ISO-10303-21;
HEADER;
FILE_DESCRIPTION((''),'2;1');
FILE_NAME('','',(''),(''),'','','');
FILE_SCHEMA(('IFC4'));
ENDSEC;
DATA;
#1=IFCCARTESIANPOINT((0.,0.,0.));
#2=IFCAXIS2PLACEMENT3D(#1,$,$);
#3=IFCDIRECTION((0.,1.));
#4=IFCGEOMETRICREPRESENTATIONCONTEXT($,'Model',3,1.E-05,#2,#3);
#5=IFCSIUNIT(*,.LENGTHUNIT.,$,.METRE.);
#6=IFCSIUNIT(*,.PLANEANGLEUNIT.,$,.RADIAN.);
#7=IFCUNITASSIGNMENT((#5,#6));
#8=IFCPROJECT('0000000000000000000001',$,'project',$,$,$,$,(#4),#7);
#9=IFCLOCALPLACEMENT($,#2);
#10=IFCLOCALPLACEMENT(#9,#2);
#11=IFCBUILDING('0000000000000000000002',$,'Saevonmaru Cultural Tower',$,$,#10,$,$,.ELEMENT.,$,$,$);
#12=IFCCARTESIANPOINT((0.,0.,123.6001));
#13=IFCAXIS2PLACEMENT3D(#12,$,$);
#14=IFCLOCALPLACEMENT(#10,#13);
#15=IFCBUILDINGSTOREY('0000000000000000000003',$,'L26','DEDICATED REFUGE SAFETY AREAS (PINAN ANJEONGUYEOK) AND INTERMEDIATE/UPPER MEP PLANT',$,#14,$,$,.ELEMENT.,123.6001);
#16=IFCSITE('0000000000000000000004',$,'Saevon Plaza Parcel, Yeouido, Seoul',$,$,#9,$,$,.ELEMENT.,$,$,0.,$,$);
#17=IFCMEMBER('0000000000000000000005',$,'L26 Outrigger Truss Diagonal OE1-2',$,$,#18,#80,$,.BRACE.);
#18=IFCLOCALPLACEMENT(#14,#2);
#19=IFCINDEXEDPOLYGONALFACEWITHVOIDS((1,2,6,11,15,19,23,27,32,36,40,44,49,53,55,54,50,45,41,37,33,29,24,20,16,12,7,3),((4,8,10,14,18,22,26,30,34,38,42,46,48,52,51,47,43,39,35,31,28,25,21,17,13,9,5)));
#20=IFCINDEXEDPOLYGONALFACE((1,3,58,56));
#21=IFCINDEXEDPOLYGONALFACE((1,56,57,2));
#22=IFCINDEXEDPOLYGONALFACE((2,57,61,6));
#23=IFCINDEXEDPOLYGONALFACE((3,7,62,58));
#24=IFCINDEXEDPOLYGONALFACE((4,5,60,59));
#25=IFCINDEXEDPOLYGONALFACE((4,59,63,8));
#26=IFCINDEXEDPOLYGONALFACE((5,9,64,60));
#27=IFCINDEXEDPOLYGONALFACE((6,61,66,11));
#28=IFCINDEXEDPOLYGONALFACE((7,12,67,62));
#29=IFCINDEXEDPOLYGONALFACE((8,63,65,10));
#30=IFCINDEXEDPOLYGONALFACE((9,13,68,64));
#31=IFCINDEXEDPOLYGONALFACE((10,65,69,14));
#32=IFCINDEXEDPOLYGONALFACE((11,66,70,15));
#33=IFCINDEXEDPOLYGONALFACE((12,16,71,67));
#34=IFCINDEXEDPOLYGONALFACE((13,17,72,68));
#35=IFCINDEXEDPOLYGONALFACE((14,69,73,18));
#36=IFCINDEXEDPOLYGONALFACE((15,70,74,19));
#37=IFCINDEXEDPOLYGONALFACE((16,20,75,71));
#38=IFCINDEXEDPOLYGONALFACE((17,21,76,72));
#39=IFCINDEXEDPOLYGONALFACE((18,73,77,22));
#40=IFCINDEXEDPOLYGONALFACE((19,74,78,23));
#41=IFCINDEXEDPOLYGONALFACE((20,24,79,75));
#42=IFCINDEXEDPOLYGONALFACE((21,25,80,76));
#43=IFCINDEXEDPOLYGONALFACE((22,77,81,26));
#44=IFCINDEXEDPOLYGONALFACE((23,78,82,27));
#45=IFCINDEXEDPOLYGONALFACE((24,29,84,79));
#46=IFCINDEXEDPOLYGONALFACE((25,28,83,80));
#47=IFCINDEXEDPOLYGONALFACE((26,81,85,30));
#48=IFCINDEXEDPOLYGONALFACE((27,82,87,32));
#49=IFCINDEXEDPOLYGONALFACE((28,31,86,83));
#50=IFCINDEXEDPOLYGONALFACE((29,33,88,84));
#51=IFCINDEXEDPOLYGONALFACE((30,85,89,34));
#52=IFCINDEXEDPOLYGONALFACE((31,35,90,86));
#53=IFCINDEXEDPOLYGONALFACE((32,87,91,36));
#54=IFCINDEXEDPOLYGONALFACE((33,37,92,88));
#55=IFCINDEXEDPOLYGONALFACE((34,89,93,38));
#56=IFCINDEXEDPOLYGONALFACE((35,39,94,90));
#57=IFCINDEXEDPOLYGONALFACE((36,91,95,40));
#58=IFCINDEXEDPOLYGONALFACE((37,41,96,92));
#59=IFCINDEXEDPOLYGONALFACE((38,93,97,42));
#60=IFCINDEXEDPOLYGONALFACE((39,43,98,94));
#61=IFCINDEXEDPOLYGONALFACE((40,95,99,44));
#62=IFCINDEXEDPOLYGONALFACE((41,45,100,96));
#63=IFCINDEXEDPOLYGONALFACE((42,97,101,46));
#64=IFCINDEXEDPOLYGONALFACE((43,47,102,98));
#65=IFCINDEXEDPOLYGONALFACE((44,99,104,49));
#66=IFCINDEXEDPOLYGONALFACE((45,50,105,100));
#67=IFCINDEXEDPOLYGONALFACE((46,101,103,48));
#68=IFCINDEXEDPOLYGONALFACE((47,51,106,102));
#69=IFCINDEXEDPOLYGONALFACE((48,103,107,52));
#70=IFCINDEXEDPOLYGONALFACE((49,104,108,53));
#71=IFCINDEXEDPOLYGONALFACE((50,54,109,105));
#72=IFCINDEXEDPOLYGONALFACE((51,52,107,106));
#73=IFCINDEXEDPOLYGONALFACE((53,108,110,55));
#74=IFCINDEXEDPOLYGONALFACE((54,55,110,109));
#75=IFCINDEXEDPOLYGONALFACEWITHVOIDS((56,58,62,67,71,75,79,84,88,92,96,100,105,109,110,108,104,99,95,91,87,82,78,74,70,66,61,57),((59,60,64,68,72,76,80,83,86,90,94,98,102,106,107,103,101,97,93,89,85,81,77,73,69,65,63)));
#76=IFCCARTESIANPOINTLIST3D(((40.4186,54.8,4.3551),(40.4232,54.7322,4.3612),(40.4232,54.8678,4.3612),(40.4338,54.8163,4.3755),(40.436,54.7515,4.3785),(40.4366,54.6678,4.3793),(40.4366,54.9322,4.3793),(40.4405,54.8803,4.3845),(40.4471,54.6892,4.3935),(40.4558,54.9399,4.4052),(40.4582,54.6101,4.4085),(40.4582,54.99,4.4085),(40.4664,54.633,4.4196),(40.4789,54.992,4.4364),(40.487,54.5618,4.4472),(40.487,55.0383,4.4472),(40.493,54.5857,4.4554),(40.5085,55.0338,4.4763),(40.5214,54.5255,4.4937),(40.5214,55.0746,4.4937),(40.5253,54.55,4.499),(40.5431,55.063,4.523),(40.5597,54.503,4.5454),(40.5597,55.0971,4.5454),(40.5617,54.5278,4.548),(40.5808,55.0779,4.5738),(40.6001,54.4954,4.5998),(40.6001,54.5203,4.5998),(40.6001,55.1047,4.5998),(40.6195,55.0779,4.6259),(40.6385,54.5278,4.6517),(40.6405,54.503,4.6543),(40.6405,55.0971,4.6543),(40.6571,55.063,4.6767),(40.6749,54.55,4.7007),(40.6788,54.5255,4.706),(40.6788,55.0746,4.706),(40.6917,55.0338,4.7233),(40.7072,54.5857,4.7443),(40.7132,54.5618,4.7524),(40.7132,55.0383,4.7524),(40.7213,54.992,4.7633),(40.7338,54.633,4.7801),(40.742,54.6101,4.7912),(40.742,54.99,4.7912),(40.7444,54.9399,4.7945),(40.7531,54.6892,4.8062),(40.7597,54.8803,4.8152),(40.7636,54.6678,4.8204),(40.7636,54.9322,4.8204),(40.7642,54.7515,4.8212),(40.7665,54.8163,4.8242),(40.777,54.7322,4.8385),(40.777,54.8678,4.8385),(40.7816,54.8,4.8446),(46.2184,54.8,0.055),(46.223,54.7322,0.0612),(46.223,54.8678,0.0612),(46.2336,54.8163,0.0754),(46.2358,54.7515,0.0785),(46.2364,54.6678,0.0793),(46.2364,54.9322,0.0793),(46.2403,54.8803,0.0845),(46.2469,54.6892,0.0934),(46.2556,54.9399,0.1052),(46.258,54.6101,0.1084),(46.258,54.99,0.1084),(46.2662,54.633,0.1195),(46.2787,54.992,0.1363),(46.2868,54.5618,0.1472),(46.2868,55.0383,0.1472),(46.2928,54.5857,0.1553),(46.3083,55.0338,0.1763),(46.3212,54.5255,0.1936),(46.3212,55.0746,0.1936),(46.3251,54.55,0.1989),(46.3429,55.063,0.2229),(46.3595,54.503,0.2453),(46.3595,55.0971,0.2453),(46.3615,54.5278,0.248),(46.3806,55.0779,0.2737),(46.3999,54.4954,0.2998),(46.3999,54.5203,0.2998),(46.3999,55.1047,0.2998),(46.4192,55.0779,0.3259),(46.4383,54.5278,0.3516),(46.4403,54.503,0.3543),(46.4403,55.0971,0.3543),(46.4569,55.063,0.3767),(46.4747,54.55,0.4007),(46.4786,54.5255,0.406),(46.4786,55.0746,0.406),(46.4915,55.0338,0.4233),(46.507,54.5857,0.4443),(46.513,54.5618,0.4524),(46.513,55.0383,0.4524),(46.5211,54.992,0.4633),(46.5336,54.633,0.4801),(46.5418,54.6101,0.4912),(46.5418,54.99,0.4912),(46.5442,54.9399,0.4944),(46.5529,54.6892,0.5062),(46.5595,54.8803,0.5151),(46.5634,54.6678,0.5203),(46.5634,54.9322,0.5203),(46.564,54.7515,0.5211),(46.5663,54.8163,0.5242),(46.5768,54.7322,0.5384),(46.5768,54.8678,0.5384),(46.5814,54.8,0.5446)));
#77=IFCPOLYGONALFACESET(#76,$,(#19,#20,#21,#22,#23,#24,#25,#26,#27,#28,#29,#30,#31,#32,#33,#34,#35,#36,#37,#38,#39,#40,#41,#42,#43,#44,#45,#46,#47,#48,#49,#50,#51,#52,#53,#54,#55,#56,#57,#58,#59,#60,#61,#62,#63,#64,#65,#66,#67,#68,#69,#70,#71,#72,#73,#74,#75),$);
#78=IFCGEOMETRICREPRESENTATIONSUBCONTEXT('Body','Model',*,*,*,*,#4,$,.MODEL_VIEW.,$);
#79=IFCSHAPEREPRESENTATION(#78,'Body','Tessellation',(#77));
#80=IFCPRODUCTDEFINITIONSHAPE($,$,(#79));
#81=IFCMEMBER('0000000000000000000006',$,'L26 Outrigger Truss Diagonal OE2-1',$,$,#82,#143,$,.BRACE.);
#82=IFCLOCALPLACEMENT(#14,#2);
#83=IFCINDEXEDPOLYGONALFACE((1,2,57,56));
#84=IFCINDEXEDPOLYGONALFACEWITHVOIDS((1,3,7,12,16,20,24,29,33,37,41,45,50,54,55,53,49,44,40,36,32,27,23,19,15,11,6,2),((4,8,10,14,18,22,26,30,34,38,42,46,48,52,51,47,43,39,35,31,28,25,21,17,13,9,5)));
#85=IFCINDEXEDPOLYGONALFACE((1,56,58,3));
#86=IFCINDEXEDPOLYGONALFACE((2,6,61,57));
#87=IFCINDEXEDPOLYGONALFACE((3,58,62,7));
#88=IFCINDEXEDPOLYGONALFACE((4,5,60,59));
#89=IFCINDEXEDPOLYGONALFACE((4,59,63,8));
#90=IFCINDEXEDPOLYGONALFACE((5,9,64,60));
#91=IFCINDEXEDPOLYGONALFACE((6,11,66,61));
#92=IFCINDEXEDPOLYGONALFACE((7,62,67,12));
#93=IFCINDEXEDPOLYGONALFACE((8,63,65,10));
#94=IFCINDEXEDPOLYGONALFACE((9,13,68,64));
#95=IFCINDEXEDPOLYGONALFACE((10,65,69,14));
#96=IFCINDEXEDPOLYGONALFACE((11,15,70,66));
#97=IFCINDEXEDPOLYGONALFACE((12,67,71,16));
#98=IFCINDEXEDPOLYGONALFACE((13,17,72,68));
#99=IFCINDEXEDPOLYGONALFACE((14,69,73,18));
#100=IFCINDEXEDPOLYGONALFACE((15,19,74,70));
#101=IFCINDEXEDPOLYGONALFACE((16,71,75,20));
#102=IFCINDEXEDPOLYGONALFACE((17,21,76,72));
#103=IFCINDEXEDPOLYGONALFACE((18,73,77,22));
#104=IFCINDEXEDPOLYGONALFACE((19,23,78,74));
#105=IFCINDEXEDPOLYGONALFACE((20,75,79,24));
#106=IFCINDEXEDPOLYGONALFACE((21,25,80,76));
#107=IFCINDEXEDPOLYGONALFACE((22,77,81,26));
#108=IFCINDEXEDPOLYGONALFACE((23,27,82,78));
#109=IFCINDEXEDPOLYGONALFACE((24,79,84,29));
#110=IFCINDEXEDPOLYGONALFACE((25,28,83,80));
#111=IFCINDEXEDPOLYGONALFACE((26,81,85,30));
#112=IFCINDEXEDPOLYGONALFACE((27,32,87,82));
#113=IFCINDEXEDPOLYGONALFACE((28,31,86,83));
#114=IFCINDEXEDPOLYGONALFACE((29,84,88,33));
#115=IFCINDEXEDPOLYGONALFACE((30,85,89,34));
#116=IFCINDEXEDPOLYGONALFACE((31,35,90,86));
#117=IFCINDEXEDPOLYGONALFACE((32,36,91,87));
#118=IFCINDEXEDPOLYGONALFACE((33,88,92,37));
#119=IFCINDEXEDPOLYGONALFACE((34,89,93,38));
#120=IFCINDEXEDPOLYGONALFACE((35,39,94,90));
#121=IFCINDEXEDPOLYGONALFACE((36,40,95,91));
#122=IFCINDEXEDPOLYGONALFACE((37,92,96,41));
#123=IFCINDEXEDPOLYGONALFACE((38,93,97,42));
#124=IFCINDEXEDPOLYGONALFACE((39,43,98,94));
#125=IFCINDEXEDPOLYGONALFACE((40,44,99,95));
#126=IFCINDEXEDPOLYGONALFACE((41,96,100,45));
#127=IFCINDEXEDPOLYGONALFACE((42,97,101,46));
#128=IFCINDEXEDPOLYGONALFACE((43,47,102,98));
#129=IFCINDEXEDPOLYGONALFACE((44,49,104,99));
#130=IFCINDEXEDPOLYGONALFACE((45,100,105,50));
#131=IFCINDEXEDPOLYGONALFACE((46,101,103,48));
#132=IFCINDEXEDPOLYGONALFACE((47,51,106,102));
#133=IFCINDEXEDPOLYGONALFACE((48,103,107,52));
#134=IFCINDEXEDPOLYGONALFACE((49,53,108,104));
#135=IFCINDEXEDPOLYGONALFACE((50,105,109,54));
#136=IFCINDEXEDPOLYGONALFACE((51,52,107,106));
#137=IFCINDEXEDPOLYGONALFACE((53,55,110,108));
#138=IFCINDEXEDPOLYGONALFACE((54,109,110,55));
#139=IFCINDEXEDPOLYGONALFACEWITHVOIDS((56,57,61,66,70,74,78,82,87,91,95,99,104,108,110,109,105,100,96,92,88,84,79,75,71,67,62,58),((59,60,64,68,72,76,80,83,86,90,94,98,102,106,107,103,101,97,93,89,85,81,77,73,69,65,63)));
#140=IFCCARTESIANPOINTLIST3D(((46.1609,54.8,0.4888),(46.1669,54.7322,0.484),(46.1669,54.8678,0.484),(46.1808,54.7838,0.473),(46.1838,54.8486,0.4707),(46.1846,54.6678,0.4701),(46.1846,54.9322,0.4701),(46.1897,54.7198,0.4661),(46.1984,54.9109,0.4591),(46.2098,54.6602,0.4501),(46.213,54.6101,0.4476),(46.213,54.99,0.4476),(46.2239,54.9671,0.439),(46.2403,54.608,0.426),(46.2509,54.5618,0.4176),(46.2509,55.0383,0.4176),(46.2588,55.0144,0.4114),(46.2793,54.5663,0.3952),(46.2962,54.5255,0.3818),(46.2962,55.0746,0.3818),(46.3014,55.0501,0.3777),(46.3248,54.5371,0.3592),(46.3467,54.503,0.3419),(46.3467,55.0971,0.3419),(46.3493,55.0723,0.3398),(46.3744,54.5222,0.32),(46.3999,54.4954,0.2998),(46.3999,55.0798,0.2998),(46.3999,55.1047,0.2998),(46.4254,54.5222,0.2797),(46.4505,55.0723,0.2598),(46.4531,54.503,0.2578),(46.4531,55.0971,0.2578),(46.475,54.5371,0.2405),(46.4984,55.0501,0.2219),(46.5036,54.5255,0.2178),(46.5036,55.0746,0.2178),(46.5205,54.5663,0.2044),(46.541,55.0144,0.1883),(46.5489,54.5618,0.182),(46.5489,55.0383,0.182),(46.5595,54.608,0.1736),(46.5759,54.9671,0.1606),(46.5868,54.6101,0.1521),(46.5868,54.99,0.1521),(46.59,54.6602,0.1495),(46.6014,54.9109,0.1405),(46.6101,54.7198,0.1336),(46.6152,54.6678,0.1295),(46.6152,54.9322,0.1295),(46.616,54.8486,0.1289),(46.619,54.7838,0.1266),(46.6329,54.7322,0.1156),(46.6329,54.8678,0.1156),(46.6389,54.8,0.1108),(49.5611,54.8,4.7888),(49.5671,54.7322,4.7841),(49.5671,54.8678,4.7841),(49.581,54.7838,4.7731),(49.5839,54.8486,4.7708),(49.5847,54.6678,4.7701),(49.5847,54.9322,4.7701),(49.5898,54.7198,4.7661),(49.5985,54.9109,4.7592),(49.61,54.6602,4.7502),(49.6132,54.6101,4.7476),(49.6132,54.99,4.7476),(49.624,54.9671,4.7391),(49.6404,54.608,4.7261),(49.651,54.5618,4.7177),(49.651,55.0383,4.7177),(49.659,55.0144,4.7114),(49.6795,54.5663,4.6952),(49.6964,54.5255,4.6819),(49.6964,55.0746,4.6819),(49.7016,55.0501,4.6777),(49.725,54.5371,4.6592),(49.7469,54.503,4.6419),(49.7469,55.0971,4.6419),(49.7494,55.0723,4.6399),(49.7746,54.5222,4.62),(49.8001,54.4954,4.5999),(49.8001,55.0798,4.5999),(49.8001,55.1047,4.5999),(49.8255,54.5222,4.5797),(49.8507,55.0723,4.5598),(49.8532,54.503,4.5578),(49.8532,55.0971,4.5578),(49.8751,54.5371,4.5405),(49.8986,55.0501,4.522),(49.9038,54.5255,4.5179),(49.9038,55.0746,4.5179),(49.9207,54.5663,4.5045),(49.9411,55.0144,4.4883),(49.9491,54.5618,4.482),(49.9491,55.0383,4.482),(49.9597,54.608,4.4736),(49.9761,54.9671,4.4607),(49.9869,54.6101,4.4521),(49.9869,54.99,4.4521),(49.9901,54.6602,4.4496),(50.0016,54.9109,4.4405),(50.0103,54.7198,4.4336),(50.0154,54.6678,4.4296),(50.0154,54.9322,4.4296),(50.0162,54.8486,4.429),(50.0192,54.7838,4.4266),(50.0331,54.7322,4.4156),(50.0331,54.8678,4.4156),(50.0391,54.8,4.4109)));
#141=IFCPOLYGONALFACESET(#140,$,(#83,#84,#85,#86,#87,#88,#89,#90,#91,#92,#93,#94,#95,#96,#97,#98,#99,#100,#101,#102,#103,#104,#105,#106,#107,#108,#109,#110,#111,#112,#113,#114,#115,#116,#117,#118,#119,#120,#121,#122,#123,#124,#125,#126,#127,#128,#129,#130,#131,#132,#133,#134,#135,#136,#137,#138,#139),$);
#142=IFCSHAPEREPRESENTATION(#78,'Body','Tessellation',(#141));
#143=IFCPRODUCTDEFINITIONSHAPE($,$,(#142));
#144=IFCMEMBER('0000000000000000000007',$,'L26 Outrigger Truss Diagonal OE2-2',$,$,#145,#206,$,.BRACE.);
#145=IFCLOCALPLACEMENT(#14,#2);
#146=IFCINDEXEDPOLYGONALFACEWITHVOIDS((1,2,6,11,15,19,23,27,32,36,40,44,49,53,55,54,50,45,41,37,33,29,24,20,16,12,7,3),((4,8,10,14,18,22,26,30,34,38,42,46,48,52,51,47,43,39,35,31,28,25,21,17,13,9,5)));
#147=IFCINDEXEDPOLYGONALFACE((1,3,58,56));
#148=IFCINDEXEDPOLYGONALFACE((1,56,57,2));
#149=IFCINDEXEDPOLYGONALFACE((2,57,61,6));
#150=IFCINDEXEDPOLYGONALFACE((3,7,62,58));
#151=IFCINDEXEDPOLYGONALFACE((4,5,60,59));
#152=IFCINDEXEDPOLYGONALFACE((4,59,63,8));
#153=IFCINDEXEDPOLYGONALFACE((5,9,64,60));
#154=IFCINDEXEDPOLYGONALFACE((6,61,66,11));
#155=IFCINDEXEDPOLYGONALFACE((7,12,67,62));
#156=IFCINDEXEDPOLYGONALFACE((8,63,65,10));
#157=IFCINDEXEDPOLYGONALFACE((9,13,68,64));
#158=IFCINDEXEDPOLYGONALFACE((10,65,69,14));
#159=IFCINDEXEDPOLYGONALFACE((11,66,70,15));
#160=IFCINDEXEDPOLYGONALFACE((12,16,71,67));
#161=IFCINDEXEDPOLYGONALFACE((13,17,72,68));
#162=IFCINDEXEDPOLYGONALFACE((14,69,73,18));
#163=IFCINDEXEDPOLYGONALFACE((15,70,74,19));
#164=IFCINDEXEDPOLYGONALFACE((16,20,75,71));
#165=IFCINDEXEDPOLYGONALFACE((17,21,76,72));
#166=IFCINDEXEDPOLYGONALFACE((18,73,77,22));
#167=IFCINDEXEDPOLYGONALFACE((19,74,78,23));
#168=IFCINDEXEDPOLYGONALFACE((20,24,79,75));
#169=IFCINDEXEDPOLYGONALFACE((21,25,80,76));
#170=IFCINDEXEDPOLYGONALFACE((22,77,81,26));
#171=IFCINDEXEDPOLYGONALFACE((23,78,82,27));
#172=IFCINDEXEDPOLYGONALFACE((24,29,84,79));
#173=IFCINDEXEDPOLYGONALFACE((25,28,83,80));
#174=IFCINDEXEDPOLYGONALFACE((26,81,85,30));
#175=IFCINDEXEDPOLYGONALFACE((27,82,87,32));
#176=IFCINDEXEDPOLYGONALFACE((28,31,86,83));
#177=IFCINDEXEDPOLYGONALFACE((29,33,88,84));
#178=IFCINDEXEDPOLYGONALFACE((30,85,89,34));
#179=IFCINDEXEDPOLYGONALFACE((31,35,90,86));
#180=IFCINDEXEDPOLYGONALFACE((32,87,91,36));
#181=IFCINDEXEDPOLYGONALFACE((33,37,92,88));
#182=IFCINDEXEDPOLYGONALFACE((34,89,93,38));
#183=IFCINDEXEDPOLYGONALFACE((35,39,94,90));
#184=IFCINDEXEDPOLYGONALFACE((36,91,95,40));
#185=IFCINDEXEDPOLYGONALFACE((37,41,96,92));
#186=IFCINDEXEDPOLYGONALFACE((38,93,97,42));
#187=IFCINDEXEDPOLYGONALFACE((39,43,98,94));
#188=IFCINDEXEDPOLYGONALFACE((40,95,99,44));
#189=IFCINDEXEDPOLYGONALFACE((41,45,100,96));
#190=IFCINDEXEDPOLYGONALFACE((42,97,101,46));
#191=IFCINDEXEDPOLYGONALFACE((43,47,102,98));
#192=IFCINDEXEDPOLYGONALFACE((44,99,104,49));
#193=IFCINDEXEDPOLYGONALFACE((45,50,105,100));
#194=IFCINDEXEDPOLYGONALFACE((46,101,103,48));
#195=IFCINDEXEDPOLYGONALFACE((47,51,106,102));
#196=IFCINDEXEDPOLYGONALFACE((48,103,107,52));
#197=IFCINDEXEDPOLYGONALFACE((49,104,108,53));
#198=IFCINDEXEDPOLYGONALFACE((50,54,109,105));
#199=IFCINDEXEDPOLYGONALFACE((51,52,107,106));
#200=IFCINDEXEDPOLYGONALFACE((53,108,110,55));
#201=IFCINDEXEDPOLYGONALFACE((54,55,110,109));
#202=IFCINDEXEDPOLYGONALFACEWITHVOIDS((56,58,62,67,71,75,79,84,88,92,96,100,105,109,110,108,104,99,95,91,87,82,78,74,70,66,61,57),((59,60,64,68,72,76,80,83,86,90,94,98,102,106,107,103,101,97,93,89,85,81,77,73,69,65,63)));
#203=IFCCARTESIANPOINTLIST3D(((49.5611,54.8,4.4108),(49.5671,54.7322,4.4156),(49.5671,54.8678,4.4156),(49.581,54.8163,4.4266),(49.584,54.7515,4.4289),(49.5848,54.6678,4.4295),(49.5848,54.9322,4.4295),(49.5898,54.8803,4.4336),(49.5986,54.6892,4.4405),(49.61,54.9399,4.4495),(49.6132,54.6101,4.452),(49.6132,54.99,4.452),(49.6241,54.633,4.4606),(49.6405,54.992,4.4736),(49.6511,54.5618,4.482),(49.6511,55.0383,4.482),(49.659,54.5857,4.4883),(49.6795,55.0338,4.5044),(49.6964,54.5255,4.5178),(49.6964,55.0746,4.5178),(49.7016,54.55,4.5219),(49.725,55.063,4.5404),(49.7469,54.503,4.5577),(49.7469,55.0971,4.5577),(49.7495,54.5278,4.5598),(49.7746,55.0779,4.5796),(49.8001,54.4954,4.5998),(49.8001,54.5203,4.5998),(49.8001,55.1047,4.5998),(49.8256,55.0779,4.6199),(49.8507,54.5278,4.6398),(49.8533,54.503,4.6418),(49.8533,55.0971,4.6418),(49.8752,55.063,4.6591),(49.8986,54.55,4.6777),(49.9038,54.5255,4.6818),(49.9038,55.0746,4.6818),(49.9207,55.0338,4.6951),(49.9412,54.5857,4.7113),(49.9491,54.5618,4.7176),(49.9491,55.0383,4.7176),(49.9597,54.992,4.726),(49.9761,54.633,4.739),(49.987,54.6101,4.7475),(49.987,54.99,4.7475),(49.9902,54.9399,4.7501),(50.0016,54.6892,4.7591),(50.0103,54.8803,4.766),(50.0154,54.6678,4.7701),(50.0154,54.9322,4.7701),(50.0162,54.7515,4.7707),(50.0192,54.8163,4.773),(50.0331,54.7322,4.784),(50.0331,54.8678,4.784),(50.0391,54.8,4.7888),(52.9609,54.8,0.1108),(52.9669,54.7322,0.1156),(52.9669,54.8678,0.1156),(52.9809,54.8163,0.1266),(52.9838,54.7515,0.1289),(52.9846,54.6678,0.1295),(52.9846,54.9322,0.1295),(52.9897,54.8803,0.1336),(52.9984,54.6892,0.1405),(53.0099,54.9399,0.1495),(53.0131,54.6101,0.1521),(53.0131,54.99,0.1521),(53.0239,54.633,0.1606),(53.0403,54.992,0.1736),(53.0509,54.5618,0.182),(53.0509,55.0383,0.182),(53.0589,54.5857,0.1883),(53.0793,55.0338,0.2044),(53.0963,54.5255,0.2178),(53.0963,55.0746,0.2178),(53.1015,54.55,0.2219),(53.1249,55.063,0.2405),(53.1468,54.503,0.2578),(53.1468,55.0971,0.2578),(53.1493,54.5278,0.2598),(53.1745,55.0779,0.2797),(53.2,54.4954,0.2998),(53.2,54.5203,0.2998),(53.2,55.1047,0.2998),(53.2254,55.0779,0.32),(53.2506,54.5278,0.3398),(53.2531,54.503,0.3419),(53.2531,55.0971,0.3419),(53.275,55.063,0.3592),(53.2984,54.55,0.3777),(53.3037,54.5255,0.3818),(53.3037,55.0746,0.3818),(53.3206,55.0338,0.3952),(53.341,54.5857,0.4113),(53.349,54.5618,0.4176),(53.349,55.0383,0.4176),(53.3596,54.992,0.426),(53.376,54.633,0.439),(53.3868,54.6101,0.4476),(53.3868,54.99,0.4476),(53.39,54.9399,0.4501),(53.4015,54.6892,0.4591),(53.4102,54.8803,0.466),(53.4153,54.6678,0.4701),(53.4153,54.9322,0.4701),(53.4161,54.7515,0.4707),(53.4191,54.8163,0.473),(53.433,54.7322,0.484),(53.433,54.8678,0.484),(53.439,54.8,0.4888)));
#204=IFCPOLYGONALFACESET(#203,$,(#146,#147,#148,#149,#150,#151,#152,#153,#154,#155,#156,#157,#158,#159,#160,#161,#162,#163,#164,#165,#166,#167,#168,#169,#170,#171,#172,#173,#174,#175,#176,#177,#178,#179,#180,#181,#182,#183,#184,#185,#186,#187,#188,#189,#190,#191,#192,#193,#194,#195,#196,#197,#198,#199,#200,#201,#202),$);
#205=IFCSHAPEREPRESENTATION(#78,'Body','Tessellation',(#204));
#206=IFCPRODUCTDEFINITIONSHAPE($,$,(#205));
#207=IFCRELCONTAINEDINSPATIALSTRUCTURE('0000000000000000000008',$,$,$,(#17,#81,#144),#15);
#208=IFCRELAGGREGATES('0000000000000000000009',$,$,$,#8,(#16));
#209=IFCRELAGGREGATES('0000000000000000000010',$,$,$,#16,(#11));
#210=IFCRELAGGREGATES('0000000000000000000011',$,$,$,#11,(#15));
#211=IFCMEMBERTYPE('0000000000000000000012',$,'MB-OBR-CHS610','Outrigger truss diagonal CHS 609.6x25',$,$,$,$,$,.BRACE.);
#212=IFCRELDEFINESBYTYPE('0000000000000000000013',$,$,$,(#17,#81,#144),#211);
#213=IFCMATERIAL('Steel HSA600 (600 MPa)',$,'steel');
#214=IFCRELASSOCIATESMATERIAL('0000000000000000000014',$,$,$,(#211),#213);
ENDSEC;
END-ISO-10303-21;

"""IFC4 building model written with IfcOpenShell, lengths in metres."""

from ifc_helpers import new_model, si_unit, direction, frame, origin, origin_2d, place, context, subcontext, project, spatial, hollow_circle, extrude, material, material_profile, profile_set, type_object, element, save


model = new_model("IFC4")

# Units and contexts
model_context = context("Model", 3, precision=1e-05, world=origin(), true_north=direction((0.0, 1.0)))
body_context = subcontext(model_context, "Body", "Model", "MODEL_VIEW")
ifc_project = project(units=[si_unit("LENGTHUNIT", "METRE"), si_unit("PLANEANGLEUNIT", "RADIAN")], contexts=[model_context])

# Site, building, storey
site_placement = place(None, origin())
site = spatial("IfcSite", under=ifc_project, at=site_placement, Name="Saevon Plaza Parcel, Yeouido, Seoul", CompositionType="ELEMENT", RefElevation=0.0)
building_placement = place(site_placement, origin())
building = spatial("IfcBuilding", under=site, at=building_placement, Name="Saevonmaru Cultural Tower", CompositionType="ELEMENT")
storey_placement = place(building_placement, frame((0.0, 0.0, 123.6001)))
storey = spatial("IfcBuildingStorey", under=building, at=storey_placement, Name="L26", Description="DEDICATED REFUGE SAFETY AREAS (PINAN ANJEONGUYEOK) AND INTERMEDIATE/UPPER MEP PLANT", CompositionType="ELEMENT", Elevation=123.6001)

# Members
ifc_material_1 = material(Name="Steel HSA600 (600 MPa)", Category="steel")
ifc_material_profile_1 = material_profile(ifc_material_1, hollow_circle(Radius=0.3047, WallThickness=0.0249, at=origin_2d()), Name="CHS-609.6x25")
ifc_profile_set_1 = profile_set([ifc_material_profile_1], Name="Steel HSA600 (600 MPa)")
member_type_1 = type_object("IfcMemberType", Name="MB-OBR-CHS610", Description="Outrigger truss diagonal CHS 609.6x25", PredefinedType="BRACE", material=ifc_profile_set_1)
member_1_placement = place(storey_placement, frame((46.3999, 54.8, 0.2998), z_axis=(-0.803299, 0.0, 0.595576), x_axis=(0.0, -1.0, 0.0)))
element("IfcMember", 1, at=member_1_placement, inside=storey, type_object=member_type_1, Name="L26 Outrigger Truss Diagonal OE1-2", PredefinedType="BRACE", context=body_context, shape_type="SweptSolid", body=[
    extrude(hollow_circle(Radius=0.3047, WallThickness=0.0249, at=origin_2d()), origin(), (0.0, 0.0, 1.0), 7.22),
])
member_2_placement = place(storey_placement, frame((46.3999, 54.8, 0.2998), z_axis=(0.620248, 0.0, 0.784406), x_axis=(0.0, 1.0, 0.0)))
element("IfcMember", 2, at=member_2_placement, inside=storey, type_object=member_type_1, Name="L26 Outrigger Truss Diagonal OE2-1", PredefinedType="BRACE", context=body_context, shape_type="SweptSolid", body=[
    extrude(hollow_circle(Radius=0.3047, WallThickness=0.0249, at=origin_2d()), origin(), (0.0, 0.0, 1.0), 5.4819),
])
member_3_placement = place(storey_placement, frame((53.2, 54.8, 0.2998), z_axis=(-0.62022, 0.0, 0.784428), x_axis=(0.0, -1.0, 0.0)))
element("IfcMember", 3, at=member_3_placement, inside=storey, type_object=member_type_1, Name="L26 Outrigger Truss Diagonal OE2-2", PredefinedType="BRACE", context=body_context, shape_type="SweptSolid", body=[
    extrude(hollow_circle(Radius=0.3047, WallThickness=0.0249, at=origin_2d()), origin(), (0.0, 0.0, 1.0), 5.4817),
])

save(model, "model.ifc")
